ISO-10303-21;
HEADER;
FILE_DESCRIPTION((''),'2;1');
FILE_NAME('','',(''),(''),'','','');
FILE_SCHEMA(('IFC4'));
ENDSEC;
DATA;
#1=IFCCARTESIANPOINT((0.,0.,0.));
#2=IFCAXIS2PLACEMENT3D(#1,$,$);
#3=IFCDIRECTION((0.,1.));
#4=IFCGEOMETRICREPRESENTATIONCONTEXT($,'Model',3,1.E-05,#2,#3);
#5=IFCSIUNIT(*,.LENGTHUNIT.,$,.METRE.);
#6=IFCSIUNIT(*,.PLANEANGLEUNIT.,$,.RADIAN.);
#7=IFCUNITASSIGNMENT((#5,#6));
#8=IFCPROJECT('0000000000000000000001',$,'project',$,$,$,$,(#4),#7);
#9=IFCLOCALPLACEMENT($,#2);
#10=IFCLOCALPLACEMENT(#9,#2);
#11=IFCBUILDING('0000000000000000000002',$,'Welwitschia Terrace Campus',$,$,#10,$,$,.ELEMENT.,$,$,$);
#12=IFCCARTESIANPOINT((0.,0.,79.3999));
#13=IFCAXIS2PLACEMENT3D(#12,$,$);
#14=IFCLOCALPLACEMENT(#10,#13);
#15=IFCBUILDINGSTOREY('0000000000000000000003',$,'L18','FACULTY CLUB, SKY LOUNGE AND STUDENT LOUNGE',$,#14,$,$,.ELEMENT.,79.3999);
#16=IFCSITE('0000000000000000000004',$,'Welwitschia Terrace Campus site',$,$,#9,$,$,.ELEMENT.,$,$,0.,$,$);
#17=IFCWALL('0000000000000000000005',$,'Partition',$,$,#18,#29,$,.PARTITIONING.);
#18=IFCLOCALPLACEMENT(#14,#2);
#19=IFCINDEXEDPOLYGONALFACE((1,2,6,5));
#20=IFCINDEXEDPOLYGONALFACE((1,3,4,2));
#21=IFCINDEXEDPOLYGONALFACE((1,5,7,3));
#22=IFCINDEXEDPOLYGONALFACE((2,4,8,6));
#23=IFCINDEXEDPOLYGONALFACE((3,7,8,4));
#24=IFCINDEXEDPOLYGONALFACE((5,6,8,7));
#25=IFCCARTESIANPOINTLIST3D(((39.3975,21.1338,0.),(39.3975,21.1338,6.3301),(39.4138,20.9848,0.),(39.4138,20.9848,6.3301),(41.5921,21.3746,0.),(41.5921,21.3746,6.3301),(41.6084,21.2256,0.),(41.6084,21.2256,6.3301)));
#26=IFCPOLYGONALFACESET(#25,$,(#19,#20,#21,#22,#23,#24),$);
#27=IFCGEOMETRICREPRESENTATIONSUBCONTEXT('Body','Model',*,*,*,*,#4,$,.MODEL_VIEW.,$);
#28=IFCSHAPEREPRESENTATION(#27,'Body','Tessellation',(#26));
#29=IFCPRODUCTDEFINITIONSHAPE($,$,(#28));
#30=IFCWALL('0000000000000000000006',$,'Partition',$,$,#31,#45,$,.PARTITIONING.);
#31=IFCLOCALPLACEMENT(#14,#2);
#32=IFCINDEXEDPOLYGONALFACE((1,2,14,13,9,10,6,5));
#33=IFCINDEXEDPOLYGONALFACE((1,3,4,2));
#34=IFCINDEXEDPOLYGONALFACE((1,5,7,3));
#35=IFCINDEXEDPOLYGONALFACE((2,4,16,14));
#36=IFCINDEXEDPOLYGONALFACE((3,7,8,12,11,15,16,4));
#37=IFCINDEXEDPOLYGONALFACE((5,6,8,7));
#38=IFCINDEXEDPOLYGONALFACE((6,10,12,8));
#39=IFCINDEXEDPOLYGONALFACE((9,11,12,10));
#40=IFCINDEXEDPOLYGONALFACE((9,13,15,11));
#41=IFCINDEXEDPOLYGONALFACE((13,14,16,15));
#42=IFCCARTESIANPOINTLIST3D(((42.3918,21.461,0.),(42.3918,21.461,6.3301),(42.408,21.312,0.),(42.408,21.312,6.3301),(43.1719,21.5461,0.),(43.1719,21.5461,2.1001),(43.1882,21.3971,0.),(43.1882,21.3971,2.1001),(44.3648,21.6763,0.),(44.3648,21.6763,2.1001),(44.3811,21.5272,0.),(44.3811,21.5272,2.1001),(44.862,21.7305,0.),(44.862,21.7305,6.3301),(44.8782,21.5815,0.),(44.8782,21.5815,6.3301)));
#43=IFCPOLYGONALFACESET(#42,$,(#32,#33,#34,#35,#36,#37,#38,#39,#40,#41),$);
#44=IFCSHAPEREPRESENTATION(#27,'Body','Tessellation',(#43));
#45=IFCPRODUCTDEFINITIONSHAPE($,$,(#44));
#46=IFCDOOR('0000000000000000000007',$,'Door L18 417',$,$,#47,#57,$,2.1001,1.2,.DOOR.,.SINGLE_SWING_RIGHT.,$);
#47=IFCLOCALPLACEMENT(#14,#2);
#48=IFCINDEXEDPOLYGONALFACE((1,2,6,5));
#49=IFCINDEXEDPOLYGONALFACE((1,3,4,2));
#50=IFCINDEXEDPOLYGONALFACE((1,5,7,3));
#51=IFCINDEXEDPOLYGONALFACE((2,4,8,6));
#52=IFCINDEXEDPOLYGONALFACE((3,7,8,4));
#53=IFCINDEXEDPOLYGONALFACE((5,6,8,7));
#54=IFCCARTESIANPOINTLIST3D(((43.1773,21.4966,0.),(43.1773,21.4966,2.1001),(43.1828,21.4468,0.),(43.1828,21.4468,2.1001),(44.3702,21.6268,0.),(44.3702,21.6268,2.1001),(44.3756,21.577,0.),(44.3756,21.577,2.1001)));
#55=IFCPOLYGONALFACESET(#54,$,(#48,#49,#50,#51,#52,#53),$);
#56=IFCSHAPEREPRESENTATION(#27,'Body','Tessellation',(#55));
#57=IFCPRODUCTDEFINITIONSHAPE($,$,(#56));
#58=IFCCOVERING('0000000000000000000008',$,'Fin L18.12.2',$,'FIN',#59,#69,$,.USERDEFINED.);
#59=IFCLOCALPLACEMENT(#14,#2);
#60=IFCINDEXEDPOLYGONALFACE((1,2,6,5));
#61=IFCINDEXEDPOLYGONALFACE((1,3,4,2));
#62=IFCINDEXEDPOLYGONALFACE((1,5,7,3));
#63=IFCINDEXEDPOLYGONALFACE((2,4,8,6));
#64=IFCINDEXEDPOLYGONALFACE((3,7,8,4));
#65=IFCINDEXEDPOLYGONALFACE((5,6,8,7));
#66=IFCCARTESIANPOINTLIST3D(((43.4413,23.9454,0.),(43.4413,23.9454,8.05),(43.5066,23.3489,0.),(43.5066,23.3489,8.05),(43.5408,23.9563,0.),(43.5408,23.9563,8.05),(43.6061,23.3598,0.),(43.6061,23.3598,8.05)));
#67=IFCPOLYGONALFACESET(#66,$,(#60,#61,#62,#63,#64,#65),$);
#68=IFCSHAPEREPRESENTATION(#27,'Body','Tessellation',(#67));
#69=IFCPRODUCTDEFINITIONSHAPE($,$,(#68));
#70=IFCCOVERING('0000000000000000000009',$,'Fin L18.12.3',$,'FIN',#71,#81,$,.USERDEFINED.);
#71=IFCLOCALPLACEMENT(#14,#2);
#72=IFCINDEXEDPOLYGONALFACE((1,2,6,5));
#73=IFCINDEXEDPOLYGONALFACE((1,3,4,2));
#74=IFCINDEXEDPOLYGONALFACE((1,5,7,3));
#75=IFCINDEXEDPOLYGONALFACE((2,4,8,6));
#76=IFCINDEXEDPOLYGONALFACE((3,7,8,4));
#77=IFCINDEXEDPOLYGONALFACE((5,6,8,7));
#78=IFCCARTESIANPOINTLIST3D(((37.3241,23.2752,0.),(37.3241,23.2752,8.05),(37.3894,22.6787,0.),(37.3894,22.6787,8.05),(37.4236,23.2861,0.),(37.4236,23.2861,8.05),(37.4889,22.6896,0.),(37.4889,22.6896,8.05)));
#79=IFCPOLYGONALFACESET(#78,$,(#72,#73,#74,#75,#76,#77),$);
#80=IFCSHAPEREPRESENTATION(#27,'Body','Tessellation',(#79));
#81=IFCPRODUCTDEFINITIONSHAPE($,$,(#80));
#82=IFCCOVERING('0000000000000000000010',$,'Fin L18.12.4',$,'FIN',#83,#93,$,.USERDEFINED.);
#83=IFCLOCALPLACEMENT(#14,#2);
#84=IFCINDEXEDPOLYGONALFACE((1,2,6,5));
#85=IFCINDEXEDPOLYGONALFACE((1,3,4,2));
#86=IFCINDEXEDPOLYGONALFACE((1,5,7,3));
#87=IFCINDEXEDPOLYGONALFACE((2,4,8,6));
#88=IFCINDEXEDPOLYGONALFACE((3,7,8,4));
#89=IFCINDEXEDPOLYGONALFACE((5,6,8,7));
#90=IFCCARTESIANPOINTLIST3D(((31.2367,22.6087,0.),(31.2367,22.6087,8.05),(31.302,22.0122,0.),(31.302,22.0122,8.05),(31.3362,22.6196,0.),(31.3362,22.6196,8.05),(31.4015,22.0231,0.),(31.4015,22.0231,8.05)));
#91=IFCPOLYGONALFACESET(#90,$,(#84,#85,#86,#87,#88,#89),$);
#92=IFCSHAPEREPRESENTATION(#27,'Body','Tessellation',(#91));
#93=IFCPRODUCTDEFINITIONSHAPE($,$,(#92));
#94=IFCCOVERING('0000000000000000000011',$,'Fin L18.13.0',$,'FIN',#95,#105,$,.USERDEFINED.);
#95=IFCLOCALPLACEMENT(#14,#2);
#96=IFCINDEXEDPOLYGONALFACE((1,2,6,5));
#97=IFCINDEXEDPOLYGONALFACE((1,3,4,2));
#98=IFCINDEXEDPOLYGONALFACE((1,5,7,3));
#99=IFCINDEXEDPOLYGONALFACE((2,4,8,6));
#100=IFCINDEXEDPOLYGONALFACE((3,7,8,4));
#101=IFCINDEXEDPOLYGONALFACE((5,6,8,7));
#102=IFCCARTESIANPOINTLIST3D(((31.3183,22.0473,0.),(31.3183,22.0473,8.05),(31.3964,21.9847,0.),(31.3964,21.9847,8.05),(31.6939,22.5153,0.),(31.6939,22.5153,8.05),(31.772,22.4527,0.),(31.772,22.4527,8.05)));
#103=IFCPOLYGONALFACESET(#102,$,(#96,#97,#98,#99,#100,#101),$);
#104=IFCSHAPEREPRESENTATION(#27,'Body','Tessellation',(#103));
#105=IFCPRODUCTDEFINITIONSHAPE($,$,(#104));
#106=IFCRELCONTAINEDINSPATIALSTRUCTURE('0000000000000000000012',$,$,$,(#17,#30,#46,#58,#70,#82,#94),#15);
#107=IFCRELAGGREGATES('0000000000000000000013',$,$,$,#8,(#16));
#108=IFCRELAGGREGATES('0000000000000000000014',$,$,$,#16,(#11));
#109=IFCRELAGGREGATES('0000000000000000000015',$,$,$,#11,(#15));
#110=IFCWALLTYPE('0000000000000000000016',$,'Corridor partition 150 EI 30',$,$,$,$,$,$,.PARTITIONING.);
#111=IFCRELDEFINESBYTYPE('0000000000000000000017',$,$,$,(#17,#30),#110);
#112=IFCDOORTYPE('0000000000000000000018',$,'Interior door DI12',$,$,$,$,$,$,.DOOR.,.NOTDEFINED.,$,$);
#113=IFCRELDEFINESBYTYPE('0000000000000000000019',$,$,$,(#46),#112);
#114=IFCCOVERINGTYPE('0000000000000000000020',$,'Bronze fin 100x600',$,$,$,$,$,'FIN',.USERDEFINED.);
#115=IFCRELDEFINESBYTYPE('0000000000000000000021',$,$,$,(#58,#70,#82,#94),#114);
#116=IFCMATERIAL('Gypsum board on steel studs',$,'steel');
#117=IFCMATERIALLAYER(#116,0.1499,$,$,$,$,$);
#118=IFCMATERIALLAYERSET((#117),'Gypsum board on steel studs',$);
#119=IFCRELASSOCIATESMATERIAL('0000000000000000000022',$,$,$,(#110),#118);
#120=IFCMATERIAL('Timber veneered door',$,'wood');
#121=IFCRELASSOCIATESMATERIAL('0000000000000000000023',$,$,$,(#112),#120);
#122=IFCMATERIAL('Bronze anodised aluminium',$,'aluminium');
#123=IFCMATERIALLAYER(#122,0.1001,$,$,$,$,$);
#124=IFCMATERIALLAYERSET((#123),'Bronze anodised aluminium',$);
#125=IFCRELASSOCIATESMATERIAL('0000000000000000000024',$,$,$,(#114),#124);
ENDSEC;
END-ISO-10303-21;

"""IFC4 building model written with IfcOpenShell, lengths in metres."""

from ifc_helpers import new_model, si_unit, direction, frame, frame_2d, origin, origin_2d, place, context, subcontext, project, spatial, rectangle, extrude, material, layer, layer_set, type_object, element, fill, save


model = new_model("IFC4")

# Units and contexts
model_context = context("Model", 3, precision=1e-05, world=origin(), true_north=direction((0.0, 1.0)))
body_context = subcontext(model_context, "Body", "Model", "MODEL_VIEW")
ifc_project = project(units=[si_unit("LENGTHUNIT", "METRE"), si_unit("PLANEANGLEUNIT", "RADIAN")], contexts=[model_context])

# Site, building, storey
site_placement = place(None, origin())
site = spatial("IfcSite", under=ifc_project, at=site_placement, Name="Welwitschia Terrace Campus site", CompositionType="ELEMENT", RefElevation=0.0)
building_placement = place(site_placement, origin())
building = spatial("IfcBuilding", under=site, at=building_placement, Name="Welwitschia Terrace Campus", CompositionType="ELEMENT")
storey_placement = place(building_placement, frame((0.0, 0.0, 79.3999)))
storey = spatial("IfcBuildingStorey", under=building, at=storey_placement, Name="L18", Description="FACULTY CLUB, SKY LOUNGE AND STUDENT LOUNGE", CompositionType="ELEMENT", Elevation=79.3999)

# Shared definitions
ifc_material_1 = material(Name="Gypsum board on steel studs", Category="steel")
ifc_layer_1 = layer(ifc_material_1, 0.1499)
ifc_layer_set_1 = layer_set([ifc_layer_1], Name="Gypsum board on steel studs")
wall_type = type_object("IfcWallType", Name="Corridor partition 150 EI 30", PredefinedType="PARTITIONING", material=ifc_layer_set_1)
ifc_material_2 = material(Name="Timber veneered door", Category="wood")
door_type = type_object("IfcDoorType", Name="Interior door DI12", OperationType="NOTDEFINED", PredefinedType="DOOR", material=ifc_material_2)

# Wall
wall_1_placement = place(storey_placement, frame((39.4055, 21.0593, 0.0), z_axis=(0.0, 0.0, 1.0), x_axis=(0.994038, 0.109036, 0.0)))
element("IfcWall", 1, at=wall_1_placement, inside=storey, type_object=wall_type, Name="Partition", PredefinedType="PARTITIONING", context=body_context, shape_type="SweptSolid", body=[
    extrude(rectangle(XDim=2.2078, YDim=0.1499, at=frame_2d((1.104, 0.0))), origin(), (0.0, 0.0, 1.0), 6.3301),
])

# Wall, opening, door
wall_2_placement = place(storey_placement, frame((44.8701, 21.656, 0.0), z_axis=(0.0, 0.0, 1.0), x_axis=(-0.9941, -0.108469, 0.0)))
wall_2 = element("IfcWall", 2, at=wall_2_placement, inside=storey, type_object=wall_type, Name="Partition", PredefinedType="PARTITIONING", context=body_context, shape_type="SweptSolid", body=[
    extrude(rectangle(XDim=2.4849, YDim=0.1499, at=frame_2d((1.2424, 0.0))), origin(), (0.0, 0.0, 1.0), 6.3301),
])
opening_1_placement = place(wall_2_placement, frame((0.5, 0.0, 0.0)))
opening_1 = element("IfcOpeningElement", 3, at=opening_1_placement, cuts=wall_2, PredefinedType="OPENING", context=body_context, shape_type="SweptSolid", body=[
    extrude(rectangle(XDim=1.2, YDim=2.1001, at=frame_2d((0.6001, 1.05))), frame((0.0, 0.085, 0.0), z_axis=(0.0, -1.0, 0.0), x_axis=(1.0, 0.0, 0.0)), (0.0, 0.0, 1.0), 0.1699),
])
door_1_placement = place(opening_1_placement, origin())
door_1 = element("IfcDoor", 4, at=door_1_placement, inside=storey, type_object=door_type, Name="Door L18 417", OperationType="SINGLE_SWING_RIGHT", OverallHeight=2.1001, OverallWidth=1.2, PredefinedType="DOOR", context=body_context, shape_type="SweptSolid", body=[
    extrude(rectangle(XDim=1.2, YDim=2.1001, at=frame_2d((0.6001, 1.05))), frame((0.0, 0.0249, 0.0), z_axis=(0.0, -1.0, 0.0), x_axis=(1.0, 0.0, 0.0)), (0.0, 0.0, 1.0), 0.05),
])
fill(opening_1, door_1)

# Coverings
ifc_material_3 = material(Name="Bronze anodised aluminium", Category="aluminium")
ifc_layer_2 = layer(ifc_material_3, 0.1001)
ifc_layer_set_2 = layer_set([ifc_layer_2], Name="Bronze anodised aluminium")
covering_type = type_object("IfcCoveringType", Name="Bronze fin 100x600", ElementType="FIN", PredefinedType="USERDEFINED", material=ifc_layer_set_2)
for number, where, z_axis, x_axis, name in (
    (5, (43.5237, 23.6526, 0.0), (0.0, 0.0, 1.0), (-0.994056, -0.108867, 0.0), "Fin L18.12.2"),
    (6, (37.4065, 22.9824, 0.0), (0.0, 0.0, 1.0), (-0.994056, -0.108867, 0.0), "Fin L18.12.3"),
    (7, (31.3191, 22.3159, 0.0), (0.0, 0.0, 1.0), (-0.994056, -0.108867, 0.0), "Fin L18.12.4"),
    (8, (31.5452, 22.25, 0.0), (0.0, 0.0, 1.0), (-0.779884, 0.625923, 0.0), "Fin L18.13.0"),
):
    element("IfcCovering", number, at=place(storey_placement, frame(where, z_axis=z_axis, x_axis=x_axis)), inside=storey, type_object=covering_type, Name=name, ObjectType="FIN", PredefinedType="USERDEFINED", context=body_context, shape_type="SweptSolid", body=[
        extrude(rectangle(XDim=0.1001, YDim=0.6001, at=origin_2d()), origin(), (0.0, 0.0, 1.0), 8.05),
    ])

save(model, "model.ifc")
